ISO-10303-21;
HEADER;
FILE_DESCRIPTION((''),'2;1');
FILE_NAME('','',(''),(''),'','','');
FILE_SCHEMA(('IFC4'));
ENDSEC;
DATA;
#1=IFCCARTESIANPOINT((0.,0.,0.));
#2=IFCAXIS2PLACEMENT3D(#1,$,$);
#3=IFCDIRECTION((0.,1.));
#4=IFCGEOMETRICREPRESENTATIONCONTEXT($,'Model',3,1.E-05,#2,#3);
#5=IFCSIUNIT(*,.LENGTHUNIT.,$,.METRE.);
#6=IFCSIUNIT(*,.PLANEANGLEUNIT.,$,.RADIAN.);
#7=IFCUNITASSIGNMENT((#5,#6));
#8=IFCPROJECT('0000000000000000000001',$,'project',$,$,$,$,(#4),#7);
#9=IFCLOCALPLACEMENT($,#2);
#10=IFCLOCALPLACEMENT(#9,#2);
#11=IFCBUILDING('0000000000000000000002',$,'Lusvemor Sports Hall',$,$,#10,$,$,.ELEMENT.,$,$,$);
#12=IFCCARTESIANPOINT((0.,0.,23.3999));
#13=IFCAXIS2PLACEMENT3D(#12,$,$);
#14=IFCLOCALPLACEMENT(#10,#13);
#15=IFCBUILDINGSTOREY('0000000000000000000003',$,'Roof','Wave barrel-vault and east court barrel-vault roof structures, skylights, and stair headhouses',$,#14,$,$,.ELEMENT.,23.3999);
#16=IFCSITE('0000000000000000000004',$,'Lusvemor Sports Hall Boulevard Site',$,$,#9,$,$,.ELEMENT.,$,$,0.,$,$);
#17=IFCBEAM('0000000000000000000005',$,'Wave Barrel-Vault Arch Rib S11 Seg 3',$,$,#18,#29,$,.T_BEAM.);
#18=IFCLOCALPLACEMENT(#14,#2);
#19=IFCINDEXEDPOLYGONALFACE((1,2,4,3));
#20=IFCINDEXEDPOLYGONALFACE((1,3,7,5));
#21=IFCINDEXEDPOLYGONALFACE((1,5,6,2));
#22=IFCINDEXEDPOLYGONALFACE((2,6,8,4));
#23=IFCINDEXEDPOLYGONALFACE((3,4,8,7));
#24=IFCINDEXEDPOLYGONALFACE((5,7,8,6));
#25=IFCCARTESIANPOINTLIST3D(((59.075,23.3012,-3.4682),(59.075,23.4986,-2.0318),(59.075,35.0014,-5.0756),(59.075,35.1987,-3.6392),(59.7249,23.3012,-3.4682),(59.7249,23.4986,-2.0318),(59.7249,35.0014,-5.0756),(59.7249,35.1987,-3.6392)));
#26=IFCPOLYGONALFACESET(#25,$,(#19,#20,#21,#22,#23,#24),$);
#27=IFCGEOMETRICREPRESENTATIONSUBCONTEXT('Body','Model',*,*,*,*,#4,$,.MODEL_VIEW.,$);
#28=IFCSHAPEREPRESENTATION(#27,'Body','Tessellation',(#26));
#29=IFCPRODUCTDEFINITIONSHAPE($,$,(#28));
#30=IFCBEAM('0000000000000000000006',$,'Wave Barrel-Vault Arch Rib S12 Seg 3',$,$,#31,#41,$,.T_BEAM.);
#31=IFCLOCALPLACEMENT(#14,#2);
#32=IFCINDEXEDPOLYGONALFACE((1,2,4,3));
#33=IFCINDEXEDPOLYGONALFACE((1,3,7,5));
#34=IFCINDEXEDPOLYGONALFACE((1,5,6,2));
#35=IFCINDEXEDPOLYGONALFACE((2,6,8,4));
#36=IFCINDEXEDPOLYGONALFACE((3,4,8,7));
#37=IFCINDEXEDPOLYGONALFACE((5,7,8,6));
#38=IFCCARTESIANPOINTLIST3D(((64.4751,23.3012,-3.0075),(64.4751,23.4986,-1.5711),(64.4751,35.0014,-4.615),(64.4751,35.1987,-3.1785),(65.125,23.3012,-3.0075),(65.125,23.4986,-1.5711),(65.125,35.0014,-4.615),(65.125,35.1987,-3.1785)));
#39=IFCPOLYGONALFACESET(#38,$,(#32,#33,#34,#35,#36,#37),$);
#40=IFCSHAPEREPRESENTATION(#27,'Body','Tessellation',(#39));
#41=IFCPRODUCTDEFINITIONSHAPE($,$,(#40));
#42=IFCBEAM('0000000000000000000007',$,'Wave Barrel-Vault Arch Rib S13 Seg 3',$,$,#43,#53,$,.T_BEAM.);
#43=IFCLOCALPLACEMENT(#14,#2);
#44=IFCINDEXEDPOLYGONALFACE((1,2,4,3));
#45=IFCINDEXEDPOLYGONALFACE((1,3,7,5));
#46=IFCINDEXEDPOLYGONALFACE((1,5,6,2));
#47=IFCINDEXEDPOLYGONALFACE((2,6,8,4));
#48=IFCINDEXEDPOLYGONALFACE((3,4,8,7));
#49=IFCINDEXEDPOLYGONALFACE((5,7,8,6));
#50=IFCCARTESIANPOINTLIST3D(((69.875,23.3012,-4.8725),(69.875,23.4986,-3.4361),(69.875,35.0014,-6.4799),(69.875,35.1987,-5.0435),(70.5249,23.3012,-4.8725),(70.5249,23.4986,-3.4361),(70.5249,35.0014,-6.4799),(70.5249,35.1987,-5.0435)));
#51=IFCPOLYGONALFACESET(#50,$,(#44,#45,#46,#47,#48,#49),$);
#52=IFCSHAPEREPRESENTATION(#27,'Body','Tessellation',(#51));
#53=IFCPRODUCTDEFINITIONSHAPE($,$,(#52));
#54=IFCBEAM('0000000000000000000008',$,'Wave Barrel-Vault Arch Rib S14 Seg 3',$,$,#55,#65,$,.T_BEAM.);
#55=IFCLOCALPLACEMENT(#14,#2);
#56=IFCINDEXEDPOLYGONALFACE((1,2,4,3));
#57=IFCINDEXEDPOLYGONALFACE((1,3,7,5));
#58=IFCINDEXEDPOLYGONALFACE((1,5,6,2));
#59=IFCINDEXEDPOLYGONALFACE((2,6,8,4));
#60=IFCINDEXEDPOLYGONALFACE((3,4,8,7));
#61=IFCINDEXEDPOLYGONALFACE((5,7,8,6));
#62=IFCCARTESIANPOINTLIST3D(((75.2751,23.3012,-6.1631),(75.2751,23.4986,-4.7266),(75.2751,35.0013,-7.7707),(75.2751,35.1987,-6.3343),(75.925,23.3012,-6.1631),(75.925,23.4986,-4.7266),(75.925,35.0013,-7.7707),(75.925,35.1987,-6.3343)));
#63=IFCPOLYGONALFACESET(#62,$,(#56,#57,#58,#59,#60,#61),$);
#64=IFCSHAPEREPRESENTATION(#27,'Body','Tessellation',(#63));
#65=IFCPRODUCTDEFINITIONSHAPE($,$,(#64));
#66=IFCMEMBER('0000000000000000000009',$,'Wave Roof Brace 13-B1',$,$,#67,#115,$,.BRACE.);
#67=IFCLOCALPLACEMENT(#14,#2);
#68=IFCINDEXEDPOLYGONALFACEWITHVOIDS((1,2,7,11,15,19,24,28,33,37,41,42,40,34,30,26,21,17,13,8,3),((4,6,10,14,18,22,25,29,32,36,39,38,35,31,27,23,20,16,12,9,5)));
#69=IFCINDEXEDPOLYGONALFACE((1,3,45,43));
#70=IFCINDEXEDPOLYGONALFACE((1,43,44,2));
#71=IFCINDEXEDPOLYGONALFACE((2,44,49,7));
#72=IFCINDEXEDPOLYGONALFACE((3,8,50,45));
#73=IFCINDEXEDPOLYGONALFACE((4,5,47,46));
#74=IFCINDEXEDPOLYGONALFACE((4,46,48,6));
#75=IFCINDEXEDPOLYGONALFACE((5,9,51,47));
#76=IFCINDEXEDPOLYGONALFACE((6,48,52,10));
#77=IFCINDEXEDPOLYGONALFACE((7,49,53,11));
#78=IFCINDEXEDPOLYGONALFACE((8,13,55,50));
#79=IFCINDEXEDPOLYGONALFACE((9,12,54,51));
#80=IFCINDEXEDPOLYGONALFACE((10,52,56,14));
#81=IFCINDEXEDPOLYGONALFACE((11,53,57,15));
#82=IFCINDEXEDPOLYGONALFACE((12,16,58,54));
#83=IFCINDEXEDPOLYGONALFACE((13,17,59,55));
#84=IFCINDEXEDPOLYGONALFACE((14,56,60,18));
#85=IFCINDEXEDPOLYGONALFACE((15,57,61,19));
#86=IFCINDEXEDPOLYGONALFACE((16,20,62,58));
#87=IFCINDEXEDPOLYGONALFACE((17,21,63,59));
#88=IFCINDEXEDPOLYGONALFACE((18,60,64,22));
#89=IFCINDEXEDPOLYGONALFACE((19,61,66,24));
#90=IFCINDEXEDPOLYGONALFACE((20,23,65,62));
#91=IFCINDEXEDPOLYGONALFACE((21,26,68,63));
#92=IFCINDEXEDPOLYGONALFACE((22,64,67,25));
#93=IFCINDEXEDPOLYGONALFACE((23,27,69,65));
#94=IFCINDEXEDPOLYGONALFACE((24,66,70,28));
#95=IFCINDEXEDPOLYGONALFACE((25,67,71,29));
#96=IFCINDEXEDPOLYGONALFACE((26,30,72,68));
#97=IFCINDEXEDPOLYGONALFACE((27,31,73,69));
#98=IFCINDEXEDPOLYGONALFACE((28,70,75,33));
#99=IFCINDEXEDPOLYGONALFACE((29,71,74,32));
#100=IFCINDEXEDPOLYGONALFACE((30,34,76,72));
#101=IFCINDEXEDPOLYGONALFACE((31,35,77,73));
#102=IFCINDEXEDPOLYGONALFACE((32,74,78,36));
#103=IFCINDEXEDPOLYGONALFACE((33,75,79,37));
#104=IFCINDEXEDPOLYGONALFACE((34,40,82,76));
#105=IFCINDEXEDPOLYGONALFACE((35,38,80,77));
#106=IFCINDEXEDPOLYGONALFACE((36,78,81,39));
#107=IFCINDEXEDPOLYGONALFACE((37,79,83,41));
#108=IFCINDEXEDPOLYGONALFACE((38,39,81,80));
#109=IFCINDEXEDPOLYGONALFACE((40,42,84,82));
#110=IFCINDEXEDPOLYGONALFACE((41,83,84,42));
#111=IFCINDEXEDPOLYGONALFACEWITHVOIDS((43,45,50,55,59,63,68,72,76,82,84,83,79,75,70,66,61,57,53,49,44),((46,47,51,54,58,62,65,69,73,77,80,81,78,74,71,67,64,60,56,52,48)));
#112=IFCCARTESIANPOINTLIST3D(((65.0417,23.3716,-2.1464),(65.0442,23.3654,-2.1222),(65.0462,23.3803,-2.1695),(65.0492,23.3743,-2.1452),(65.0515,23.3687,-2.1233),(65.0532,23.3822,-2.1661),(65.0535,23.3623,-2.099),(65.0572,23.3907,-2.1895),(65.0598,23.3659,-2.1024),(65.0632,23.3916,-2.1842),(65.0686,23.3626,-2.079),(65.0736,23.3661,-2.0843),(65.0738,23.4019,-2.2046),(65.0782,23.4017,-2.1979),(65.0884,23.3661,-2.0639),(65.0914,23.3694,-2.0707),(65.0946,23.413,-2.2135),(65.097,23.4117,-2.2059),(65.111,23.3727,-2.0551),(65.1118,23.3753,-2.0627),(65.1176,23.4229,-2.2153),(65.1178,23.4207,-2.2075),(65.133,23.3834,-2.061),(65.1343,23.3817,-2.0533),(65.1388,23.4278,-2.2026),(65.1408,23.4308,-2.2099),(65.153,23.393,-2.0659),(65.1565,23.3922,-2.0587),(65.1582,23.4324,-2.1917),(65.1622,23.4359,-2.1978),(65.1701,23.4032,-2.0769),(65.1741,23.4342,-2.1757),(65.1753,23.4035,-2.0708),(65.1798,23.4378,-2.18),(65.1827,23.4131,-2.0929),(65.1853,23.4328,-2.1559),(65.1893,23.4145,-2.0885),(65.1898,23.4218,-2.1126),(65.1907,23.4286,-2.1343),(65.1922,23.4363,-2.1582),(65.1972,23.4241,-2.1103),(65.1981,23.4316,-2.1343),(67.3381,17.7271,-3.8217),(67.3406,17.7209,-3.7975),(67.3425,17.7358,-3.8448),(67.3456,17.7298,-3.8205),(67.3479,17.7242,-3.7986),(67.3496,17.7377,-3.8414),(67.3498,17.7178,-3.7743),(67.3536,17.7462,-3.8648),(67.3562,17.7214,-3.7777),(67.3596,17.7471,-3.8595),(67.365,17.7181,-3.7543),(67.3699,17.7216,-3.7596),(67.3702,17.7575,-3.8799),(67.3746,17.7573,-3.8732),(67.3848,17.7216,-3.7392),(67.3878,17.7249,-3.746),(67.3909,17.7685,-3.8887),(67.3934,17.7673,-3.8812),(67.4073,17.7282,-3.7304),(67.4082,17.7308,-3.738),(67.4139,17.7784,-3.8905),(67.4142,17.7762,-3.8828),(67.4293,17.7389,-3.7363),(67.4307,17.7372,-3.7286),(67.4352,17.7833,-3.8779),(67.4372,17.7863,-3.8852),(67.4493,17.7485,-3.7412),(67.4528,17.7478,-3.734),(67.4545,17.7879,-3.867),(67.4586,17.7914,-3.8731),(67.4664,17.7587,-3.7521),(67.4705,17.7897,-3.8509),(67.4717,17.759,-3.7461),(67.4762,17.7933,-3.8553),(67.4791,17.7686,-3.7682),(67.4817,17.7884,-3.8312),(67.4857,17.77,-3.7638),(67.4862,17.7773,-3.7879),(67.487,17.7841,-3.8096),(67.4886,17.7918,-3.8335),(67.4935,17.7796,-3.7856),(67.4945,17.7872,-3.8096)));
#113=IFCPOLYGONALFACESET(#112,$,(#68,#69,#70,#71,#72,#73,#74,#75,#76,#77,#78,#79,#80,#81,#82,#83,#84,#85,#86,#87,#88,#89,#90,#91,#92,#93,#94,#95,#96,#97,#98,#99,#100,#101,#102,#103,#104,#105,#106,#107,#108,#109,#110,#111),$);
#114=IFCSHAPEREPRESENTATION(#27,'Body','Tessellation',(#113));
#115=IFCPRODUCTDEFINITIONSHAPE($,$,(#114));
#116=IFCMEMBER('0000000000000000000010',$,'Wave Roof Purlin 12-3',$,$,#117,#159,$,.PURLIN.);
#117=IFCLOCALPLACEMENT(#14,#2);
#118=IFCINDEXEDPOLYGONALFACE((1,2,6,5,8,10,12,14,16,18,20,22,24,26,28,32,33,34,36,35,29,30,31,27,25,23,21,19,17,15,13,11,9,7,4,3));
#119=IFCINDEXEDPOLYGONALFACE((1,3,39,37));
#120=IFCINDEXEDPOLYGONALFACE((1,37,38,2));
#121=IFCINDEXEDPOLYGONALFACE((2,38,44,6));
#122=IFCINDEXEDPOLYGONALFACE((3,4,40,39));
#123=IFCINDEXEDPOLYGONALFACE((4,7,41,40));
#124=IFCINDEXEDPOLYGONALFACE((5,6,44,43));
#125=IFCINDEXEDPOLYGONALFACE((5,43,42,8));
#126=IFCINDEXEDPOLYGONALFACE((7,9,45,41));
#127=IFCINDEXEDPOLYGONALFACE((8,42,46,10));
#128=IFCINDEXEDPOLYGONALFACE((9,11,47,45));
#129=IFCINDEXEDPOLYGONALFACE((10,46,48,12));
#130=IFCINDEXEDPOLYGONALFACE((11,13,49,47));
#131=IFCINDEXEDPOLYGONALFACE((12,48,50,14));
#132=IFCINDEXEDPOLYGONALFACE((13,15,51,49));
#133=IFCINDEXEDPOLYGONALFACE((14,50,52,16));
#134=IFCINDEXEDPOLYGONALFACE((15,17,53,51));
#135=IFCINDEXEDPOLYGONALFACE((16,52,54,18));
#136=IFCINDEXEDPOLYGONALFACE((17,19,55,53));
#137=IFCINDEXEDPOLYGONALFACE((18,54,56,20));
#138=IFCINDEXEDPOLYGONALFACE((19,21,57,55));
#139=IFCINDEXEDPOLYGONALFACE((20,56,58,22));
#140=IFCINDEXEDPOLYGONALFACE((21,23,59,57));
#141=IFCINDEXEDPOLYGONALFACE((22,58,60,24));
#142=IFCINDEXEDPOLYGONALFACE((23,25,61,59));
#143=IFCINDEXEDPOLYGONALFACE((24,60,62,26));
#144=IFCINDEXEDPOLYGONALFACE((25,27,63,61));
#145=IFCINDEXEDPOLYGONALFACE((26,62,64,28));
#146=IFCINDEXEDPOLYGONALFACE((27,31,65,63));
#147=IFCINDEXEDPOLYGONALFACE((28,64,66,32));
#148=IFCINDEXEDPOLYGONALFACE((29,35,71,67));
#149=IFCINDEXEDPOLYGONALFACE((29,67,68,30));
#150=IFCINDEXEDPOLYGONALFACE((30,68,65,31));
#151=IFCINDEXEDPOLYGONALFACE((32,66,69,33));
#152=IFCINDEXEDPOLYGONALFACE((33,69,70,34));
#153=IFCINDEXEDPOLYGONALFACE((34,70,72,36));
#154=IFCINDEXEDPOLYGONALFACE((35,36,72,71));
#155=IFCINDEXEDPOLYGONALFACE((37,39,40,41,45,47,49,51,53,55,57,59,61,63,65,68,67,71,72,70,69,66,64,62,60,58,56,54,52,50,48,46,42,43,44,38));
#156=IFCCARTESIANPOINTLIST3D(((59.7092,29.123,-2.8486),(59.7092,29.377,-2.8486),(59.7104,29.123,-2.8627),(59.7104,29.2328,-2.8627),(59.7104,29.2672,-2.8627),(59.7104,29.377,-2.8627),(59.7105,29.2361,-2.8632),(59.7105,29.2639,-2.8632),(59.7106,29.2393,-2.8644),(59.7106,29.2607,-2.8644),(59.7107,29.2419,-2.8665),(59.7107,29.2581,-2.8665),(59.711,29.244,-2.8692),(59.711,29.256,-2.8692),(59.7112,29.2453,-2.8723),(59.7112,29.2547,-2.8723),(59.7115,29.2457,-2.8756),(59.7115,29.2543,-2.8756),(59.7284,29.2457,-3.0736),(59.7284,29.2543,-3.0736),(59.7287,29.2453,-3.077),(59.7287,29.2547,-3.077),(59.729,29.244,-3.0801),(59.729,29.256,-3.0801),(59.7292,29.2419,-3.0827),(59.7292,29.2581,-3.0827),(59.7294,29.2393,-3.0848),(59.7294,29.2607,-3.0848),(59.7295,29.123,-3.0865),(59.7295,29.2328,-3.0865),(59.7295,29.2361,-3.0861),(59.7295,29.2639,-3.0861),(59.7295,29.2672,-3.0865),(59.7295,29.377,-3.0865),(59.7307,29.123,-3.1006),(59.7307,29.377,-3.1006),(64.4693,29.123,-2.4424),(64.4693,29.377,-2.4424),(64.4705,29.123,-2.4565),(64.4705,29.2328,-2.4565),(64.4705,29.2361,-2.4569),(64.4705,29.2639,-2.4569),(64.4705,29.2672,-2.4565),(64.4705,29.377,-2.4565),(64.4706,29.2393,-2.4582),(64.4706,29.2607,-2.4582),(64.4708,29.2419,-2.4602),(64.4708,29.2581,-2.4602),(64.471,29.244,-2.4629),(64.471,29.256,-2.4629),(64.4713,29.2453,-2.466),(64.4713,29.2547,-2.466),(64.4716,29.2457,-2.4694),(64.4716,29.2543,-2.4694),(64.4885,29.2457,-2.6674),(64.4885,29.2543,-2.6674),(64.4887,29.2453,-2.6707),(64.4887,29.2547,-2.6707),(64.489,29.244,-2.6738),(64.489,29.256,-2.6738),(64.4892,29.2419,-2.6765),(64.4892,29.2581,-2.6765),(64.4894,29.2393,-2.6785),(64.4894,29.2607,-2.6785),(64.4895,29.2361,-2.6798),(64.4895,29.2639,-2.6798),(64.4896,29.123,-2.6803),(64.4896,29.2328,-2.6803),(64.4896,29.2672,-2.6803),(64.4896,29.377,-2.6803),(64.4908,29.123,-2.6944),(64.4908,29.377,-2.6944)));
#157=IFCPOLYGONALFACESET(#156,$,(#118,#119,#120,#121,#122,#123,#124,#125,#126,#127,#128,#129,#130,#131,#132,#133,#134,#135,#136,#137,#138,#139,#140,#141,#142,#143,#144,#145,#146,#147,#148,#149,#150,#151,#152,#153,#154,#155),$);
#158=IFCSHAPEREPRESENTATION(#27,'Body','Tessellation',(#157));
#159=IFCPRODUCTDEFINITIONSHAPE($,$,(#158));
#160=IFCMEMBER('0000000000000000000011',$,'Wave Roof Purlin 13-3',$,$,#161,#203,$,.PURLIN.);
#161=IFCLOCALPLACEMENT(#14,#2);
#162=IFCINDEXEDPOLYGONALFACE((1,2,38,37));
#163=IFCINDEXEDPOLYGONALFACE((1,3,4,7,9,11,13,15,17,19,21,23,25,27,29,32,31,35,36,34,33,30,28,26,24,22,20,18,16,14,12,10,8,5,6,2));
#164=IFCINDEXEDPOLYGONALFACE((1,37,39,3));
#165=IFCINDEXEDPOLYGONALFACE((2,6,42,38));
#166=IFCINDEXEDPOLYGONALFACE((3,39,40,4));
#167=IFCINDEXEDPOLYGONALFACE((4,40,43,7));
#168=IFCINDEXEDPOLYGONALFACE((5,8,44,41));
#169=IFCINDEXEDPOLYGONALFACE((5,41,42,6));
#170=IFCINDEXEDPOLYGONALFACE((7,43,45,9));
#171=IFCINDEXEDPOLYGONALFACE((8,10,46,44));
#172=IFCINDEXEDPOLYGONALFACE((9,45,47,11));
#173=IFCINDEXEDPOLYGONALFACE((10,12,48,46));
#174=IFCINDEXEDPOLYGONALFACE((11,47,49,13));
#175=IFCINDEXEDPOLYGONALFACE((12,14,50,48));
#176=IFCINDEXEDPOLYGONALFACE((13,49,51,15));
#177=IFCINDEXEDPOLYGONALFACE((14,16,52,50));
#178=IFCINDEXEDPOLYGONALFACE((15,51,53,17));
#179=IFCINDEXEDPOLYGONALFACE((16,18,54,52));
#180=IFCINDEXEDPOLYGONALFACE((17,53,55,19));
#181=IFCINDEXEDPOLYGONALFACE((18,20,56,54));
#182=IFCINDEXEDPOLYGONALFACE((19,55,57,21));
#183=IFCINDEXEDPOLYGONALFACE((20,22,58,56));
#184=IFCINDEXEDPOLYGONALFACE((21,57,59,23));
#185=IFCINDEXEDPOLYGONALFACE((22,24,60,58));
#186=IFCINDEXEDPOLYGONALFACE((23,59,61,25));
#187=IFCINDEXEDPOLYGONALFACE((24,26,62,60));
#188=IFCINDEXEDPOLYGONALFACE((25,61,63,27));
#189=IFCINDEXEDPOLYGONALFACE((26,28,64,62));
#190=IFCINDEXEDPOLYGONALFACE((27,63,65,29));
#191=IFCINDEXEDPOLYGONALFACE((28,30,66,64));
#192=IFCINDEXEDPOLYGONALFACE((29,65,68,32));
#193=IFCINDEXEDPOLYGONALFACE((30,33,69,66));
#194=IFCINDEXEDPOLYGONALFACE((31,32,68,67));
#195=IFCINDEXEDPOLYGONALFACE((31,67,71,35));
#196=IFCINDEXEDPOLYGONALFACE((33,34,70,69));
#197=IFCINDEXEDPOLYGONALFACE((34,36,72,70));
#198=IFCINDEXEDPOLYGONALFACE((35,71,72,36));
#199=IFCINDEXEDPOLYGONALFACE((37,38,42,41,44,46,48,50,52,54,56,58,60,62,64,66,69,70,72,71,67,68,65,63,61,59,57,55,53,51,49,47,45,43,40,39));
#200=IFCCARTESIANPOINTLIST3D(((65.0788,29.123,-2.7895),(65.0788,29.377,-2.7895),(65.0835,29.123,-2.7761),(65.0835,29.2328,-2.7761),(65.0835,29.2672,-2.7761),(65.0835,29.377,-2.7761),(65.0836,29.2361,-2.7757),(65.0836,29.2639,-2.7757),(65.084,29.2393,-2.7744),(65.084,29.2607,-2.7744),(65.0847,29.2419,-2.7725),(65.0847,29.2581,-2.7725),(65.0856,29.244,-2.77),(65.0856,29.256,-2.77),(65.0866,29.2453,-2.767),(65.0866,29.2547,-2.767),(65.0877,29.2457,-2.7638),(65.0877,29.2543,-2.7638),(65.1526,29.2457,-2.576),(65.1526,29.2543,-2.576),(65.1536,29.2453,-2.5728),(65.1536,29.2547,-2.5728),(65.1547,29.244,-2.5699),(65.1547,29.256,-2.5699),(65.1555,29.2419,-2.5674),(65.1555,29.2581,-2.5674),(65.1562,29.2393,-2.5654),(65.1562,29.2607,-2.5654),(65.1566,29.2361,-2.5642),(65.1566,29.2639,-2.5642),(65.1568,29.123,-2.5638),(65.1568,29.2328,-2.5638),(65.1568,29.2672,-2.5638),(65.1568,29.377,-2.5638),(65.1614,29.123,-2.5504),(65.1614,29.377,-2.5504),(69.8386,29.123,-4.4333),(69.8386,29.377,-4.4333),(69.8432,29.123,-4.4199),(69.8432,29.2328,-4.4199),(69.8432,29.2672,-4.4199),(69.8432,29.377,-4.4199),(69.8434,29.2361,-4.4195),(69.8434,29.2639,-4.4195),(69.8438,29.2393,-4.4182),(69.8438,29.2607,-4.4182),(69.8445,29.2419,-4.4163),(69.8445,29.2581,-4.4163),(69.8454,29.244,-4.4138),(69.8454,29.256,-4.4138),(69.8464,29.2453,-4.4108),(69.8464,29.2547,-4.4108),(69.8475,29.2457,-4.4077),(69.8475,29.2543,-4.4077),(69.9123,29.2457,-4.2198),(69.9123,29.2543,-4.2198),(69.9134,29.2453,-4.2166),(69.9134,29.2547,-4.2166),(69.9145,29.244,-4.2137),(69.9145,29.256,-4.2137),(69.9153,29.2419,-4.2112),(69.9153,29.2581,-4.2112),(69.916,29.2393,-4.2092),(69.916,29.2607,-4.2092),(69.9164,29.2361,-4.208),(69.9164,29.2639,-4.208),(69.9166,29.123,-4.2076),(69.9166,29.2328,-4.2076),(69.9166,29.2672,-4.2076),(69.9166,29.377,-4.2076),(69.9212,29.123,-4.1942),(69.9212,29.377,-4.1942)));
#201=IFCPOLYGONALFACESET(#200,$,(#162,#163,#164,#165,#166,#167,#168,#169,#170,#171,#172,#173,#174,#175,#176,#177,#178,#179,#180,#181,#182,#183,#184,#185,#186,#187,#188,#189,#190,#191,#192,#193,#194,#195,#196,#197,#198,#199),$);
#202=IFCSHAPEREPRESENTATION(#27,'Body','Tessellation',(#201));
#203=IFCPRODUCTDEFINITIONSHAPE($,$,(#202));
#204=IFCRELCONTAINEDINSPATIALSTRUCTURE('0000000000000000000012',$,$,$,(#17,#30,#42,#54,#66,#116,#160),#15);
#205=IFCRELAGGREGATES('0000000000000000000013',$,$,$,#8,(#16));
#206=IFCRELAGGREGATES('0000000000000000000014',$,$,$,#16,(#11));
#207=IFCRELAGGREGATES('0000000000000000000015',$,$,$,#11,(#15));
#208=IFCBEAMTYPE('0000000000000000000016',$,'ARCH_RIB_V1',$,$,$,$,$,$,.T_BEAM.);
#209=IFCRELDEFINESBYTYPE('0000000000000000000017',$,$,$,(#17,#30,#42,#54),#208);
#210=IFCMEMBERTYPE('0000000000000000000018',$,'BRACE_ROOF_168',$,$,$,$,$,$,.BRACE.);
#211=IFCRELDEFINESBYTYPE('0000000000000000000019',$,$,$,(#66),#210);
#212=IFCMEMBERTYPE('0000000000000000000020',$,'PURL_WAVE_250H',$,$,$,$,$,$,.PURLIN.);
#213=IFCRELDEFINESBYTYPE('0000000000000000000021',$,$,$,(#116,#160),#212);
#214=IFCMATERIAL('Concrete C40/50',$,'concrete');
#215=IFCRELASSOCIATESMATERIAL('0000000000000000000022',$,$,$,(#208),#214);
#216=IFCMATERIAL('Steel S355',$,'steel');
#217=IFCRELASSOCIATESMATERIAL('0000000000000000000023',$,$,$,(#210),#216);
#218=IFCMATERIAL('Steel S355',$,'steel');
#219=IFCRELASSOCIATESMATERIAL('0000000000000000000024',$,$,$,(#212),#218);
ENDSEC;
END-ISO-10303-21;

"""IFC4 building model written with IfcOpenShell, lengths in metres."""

from ifc_helpers import new_model, si_unit, direction, frame, origin, origin_2d, place, context, subcontext, project, spatial, rectangle, hollow_circle, i_section, extrude, material, material_profile, profile_set, type_object, element, save


model = new_model("IFC4")

# Units and contexts
model_context = context("Model", 3, precision=1e-05, world=origin(), true_north=direction((0.0, 1.0)))
body_context = subcontext(model_context, "Body", "Model", "MODEL_VIEW")
ifc_project = project(units=[si_unit("LENGTHUNIT", "METRE"), si_unit("PLANEANGLEUNIT", "RADIAN")], contexts=[model_context])

# Site, building, storey
site_placement = place(None, origin())
site = spatial("IfcSite", under=ifc_project, at=site_placement, Name="Lusvemor Sports Hall Boulevard Site", CompositionType="ELEMENT", RefElevation=0.0)
building_placement = place(site_placement, origin())
building = spatial("IfcBuilding", under=site, at=building_placement, Name="Lusvemor Sports Hall", CompositionType="ELEMENT")
storey_placement = place(building_placement, frame((0.0, 0.0, 23.3999)))
storey = spatial("IfcBuildingStorey", under=building, at=storey_placement, Name="Roof", Description="Wave barrel-vault and east court barrel-vault roof structures, skylights, and stair headhouses", CompositionType="ELEMENT", Elevation=23.3999)

# Beams
ifc_material_1 = material(Name="Concrete C40/50", Category="concrete")
ifc_material_profile_1 = material_profile(ifc_material_1, rectangle(XDim=0.6499, YDim=1.45, at=origin_2d()), Name="RC650x1450")
ifc_profile_set_1 = profile_set([ifc_material_profile_1], Name="Concrete C40/50")
beam_type = type_object("IfcBeamType", Name="ARCH_RIB_V1", PredefinedType="T_BEAM", material=ifc_profile_set_1)
for number, where, z_axis, x_axis, name in (
    (1, (59.3999, 23.3999, -2.75), (0.0, 0.990694, -0.136106), (-1.0, 0.0, 0.0), "Wave Barrel-Vault Arch Rib S11 Seg 3"),
    (2, (64.8, 23.3999, -2.2893), (0.0, 0.990694, -0.136106), (-1.0, 0.0, 0.0), "Wave Barrel-Vault Arch Rib S12 Seg 3"),
    (3, (70.2, 23.3999, -4.1543), (0.0, 0.990694, -0.136106), (-1.0, 0.0, 0.0), "Wave Barrel-Vault Arch Rib S13 Seg 3"),
    (4, (75.6001, 23.3999, -5.4448), (0.0, 0.990692, -0.136126), (-1.0, 0.0, 0.0), "Wave Barrel-Vault Arch Rib S14 Seg 3"),
):
    element("IfcBeam", number, at=place(storey_placement, frame(where, z_axis=z_axis, x_axis=x_axis)), inside=storey, type_object=beam_type, Name=name, PredefinedType="T_BEAM", context=body_context, shape_type="SweptSolid", body=[
        extrude(rectangle(XDim=0.6499, YDim=1.45, at=origin_2d()), origin(), (0.0, 0.0, 1.0), 11.8101),
    ])

# Members
ifc_material_2 = material(Name="Steel S355", Category="steel")
ifc_material_profile_2 = material_profile(ifc_material_2, hollow_circle(Radius=0.0842, WallThickness=0.0081, at=origin_2d()), Name="CHS168.3x8.0")
ifc_profile_set_2 = profile_set([ifc_material_profile_2], Name="Steel S355")
member_type_1 = type_object("IfcMemberType", Name="BRACE_ROOF_168", PredefinedType="BRACE", material=ifc_profile_set_2)
member_1_placement = place(storey_placement, frame((65.1201, 23.3999, -2.1343), z_axis=(0.36336, -0.893141, -0.265084), x_axis=(0.926278, 0.376841, 0.0)))
element("IfcMember", 5, at=member_1_placement, inside=storey, type_object=member_type_1, Name="Wave Roof Brace 13-B1", PredefinedType="BRACE", context=body_context, shape_type="SweptSolid", body=[
    extrude(hollow_circle(Radius=0.0842, WallThickness=0.0081, at=origin_2d()), origin(), (0.0, 0.0, 1.0), 6.3198),
])
ifc_material_3 = material(Name="Steel S355", Category="steel")
ifc_material_profile_3 = material_profile(ifc_material_3, i_section(OverallWidth=0.2539, OverallDepth=0.2529, WebThickness=0.0085, FlangeThickness=0.0142, FilletRadius=0.0129, at=origin_2d()), Name="W250x73.0")
ifc_profile_set_3 = profile_set([ifc_material_profile_3], Name="Steel S355")
member_type_2 = type_object("IfcMemberType", Name="PURL_WAVE_250H", PredefinedType="PURLIN", material=ifc_profile_set_3)
member_2_placement = place(storey_placement, frame((59.72, 29.25, -2.9746), z_axis=(0.996378, 0.0, 0.085037), x_axis=(0.0, 1.0, 0.0)))
element("IfcMember", 6, at=member_2_placement, inside=storey, type_object=member_type_2, Name="Wave Roof Purlin 12-3", PredefinedType="PURLIN", context=body_context, shape_type="SweptSolid", body=[
    extrude(i_section(OverallWidth=0.2539, OverallDepth=0.2529, WebThickness=0.0085, FlangeThickness=0.0142, FilletRadius=0.0129, at=origin_2d()), origin(), (0.0, 0.0, 1.0), 4.7773),
])
member_3_placement = place(storey_placement, frame((65.1201, 29.25, -2.6699), z_axis=(0.94522, 0.0, -0.326434), x_axis=(0.0, 1.0, 0.0)))
element("IfcMember", 7, at=member_3_placement, inside=storey, type_object=member_type_2, Name="Wave Roof Purlin 13-3", PredefinedType="PURLIN", context=body_context, shape_type="SweptSolid", body=[
    extrude(i_section(OverallWidth=0.2539, OverallDepth=0.2529, WebThickness=0.0085, FlangeThickness=0.0142, FilletRadius=0.0129, at=origin_2d()), origin(), (0.0, 0.0, 1.0), 5.0356),
])

save(model, "model.ifc")
